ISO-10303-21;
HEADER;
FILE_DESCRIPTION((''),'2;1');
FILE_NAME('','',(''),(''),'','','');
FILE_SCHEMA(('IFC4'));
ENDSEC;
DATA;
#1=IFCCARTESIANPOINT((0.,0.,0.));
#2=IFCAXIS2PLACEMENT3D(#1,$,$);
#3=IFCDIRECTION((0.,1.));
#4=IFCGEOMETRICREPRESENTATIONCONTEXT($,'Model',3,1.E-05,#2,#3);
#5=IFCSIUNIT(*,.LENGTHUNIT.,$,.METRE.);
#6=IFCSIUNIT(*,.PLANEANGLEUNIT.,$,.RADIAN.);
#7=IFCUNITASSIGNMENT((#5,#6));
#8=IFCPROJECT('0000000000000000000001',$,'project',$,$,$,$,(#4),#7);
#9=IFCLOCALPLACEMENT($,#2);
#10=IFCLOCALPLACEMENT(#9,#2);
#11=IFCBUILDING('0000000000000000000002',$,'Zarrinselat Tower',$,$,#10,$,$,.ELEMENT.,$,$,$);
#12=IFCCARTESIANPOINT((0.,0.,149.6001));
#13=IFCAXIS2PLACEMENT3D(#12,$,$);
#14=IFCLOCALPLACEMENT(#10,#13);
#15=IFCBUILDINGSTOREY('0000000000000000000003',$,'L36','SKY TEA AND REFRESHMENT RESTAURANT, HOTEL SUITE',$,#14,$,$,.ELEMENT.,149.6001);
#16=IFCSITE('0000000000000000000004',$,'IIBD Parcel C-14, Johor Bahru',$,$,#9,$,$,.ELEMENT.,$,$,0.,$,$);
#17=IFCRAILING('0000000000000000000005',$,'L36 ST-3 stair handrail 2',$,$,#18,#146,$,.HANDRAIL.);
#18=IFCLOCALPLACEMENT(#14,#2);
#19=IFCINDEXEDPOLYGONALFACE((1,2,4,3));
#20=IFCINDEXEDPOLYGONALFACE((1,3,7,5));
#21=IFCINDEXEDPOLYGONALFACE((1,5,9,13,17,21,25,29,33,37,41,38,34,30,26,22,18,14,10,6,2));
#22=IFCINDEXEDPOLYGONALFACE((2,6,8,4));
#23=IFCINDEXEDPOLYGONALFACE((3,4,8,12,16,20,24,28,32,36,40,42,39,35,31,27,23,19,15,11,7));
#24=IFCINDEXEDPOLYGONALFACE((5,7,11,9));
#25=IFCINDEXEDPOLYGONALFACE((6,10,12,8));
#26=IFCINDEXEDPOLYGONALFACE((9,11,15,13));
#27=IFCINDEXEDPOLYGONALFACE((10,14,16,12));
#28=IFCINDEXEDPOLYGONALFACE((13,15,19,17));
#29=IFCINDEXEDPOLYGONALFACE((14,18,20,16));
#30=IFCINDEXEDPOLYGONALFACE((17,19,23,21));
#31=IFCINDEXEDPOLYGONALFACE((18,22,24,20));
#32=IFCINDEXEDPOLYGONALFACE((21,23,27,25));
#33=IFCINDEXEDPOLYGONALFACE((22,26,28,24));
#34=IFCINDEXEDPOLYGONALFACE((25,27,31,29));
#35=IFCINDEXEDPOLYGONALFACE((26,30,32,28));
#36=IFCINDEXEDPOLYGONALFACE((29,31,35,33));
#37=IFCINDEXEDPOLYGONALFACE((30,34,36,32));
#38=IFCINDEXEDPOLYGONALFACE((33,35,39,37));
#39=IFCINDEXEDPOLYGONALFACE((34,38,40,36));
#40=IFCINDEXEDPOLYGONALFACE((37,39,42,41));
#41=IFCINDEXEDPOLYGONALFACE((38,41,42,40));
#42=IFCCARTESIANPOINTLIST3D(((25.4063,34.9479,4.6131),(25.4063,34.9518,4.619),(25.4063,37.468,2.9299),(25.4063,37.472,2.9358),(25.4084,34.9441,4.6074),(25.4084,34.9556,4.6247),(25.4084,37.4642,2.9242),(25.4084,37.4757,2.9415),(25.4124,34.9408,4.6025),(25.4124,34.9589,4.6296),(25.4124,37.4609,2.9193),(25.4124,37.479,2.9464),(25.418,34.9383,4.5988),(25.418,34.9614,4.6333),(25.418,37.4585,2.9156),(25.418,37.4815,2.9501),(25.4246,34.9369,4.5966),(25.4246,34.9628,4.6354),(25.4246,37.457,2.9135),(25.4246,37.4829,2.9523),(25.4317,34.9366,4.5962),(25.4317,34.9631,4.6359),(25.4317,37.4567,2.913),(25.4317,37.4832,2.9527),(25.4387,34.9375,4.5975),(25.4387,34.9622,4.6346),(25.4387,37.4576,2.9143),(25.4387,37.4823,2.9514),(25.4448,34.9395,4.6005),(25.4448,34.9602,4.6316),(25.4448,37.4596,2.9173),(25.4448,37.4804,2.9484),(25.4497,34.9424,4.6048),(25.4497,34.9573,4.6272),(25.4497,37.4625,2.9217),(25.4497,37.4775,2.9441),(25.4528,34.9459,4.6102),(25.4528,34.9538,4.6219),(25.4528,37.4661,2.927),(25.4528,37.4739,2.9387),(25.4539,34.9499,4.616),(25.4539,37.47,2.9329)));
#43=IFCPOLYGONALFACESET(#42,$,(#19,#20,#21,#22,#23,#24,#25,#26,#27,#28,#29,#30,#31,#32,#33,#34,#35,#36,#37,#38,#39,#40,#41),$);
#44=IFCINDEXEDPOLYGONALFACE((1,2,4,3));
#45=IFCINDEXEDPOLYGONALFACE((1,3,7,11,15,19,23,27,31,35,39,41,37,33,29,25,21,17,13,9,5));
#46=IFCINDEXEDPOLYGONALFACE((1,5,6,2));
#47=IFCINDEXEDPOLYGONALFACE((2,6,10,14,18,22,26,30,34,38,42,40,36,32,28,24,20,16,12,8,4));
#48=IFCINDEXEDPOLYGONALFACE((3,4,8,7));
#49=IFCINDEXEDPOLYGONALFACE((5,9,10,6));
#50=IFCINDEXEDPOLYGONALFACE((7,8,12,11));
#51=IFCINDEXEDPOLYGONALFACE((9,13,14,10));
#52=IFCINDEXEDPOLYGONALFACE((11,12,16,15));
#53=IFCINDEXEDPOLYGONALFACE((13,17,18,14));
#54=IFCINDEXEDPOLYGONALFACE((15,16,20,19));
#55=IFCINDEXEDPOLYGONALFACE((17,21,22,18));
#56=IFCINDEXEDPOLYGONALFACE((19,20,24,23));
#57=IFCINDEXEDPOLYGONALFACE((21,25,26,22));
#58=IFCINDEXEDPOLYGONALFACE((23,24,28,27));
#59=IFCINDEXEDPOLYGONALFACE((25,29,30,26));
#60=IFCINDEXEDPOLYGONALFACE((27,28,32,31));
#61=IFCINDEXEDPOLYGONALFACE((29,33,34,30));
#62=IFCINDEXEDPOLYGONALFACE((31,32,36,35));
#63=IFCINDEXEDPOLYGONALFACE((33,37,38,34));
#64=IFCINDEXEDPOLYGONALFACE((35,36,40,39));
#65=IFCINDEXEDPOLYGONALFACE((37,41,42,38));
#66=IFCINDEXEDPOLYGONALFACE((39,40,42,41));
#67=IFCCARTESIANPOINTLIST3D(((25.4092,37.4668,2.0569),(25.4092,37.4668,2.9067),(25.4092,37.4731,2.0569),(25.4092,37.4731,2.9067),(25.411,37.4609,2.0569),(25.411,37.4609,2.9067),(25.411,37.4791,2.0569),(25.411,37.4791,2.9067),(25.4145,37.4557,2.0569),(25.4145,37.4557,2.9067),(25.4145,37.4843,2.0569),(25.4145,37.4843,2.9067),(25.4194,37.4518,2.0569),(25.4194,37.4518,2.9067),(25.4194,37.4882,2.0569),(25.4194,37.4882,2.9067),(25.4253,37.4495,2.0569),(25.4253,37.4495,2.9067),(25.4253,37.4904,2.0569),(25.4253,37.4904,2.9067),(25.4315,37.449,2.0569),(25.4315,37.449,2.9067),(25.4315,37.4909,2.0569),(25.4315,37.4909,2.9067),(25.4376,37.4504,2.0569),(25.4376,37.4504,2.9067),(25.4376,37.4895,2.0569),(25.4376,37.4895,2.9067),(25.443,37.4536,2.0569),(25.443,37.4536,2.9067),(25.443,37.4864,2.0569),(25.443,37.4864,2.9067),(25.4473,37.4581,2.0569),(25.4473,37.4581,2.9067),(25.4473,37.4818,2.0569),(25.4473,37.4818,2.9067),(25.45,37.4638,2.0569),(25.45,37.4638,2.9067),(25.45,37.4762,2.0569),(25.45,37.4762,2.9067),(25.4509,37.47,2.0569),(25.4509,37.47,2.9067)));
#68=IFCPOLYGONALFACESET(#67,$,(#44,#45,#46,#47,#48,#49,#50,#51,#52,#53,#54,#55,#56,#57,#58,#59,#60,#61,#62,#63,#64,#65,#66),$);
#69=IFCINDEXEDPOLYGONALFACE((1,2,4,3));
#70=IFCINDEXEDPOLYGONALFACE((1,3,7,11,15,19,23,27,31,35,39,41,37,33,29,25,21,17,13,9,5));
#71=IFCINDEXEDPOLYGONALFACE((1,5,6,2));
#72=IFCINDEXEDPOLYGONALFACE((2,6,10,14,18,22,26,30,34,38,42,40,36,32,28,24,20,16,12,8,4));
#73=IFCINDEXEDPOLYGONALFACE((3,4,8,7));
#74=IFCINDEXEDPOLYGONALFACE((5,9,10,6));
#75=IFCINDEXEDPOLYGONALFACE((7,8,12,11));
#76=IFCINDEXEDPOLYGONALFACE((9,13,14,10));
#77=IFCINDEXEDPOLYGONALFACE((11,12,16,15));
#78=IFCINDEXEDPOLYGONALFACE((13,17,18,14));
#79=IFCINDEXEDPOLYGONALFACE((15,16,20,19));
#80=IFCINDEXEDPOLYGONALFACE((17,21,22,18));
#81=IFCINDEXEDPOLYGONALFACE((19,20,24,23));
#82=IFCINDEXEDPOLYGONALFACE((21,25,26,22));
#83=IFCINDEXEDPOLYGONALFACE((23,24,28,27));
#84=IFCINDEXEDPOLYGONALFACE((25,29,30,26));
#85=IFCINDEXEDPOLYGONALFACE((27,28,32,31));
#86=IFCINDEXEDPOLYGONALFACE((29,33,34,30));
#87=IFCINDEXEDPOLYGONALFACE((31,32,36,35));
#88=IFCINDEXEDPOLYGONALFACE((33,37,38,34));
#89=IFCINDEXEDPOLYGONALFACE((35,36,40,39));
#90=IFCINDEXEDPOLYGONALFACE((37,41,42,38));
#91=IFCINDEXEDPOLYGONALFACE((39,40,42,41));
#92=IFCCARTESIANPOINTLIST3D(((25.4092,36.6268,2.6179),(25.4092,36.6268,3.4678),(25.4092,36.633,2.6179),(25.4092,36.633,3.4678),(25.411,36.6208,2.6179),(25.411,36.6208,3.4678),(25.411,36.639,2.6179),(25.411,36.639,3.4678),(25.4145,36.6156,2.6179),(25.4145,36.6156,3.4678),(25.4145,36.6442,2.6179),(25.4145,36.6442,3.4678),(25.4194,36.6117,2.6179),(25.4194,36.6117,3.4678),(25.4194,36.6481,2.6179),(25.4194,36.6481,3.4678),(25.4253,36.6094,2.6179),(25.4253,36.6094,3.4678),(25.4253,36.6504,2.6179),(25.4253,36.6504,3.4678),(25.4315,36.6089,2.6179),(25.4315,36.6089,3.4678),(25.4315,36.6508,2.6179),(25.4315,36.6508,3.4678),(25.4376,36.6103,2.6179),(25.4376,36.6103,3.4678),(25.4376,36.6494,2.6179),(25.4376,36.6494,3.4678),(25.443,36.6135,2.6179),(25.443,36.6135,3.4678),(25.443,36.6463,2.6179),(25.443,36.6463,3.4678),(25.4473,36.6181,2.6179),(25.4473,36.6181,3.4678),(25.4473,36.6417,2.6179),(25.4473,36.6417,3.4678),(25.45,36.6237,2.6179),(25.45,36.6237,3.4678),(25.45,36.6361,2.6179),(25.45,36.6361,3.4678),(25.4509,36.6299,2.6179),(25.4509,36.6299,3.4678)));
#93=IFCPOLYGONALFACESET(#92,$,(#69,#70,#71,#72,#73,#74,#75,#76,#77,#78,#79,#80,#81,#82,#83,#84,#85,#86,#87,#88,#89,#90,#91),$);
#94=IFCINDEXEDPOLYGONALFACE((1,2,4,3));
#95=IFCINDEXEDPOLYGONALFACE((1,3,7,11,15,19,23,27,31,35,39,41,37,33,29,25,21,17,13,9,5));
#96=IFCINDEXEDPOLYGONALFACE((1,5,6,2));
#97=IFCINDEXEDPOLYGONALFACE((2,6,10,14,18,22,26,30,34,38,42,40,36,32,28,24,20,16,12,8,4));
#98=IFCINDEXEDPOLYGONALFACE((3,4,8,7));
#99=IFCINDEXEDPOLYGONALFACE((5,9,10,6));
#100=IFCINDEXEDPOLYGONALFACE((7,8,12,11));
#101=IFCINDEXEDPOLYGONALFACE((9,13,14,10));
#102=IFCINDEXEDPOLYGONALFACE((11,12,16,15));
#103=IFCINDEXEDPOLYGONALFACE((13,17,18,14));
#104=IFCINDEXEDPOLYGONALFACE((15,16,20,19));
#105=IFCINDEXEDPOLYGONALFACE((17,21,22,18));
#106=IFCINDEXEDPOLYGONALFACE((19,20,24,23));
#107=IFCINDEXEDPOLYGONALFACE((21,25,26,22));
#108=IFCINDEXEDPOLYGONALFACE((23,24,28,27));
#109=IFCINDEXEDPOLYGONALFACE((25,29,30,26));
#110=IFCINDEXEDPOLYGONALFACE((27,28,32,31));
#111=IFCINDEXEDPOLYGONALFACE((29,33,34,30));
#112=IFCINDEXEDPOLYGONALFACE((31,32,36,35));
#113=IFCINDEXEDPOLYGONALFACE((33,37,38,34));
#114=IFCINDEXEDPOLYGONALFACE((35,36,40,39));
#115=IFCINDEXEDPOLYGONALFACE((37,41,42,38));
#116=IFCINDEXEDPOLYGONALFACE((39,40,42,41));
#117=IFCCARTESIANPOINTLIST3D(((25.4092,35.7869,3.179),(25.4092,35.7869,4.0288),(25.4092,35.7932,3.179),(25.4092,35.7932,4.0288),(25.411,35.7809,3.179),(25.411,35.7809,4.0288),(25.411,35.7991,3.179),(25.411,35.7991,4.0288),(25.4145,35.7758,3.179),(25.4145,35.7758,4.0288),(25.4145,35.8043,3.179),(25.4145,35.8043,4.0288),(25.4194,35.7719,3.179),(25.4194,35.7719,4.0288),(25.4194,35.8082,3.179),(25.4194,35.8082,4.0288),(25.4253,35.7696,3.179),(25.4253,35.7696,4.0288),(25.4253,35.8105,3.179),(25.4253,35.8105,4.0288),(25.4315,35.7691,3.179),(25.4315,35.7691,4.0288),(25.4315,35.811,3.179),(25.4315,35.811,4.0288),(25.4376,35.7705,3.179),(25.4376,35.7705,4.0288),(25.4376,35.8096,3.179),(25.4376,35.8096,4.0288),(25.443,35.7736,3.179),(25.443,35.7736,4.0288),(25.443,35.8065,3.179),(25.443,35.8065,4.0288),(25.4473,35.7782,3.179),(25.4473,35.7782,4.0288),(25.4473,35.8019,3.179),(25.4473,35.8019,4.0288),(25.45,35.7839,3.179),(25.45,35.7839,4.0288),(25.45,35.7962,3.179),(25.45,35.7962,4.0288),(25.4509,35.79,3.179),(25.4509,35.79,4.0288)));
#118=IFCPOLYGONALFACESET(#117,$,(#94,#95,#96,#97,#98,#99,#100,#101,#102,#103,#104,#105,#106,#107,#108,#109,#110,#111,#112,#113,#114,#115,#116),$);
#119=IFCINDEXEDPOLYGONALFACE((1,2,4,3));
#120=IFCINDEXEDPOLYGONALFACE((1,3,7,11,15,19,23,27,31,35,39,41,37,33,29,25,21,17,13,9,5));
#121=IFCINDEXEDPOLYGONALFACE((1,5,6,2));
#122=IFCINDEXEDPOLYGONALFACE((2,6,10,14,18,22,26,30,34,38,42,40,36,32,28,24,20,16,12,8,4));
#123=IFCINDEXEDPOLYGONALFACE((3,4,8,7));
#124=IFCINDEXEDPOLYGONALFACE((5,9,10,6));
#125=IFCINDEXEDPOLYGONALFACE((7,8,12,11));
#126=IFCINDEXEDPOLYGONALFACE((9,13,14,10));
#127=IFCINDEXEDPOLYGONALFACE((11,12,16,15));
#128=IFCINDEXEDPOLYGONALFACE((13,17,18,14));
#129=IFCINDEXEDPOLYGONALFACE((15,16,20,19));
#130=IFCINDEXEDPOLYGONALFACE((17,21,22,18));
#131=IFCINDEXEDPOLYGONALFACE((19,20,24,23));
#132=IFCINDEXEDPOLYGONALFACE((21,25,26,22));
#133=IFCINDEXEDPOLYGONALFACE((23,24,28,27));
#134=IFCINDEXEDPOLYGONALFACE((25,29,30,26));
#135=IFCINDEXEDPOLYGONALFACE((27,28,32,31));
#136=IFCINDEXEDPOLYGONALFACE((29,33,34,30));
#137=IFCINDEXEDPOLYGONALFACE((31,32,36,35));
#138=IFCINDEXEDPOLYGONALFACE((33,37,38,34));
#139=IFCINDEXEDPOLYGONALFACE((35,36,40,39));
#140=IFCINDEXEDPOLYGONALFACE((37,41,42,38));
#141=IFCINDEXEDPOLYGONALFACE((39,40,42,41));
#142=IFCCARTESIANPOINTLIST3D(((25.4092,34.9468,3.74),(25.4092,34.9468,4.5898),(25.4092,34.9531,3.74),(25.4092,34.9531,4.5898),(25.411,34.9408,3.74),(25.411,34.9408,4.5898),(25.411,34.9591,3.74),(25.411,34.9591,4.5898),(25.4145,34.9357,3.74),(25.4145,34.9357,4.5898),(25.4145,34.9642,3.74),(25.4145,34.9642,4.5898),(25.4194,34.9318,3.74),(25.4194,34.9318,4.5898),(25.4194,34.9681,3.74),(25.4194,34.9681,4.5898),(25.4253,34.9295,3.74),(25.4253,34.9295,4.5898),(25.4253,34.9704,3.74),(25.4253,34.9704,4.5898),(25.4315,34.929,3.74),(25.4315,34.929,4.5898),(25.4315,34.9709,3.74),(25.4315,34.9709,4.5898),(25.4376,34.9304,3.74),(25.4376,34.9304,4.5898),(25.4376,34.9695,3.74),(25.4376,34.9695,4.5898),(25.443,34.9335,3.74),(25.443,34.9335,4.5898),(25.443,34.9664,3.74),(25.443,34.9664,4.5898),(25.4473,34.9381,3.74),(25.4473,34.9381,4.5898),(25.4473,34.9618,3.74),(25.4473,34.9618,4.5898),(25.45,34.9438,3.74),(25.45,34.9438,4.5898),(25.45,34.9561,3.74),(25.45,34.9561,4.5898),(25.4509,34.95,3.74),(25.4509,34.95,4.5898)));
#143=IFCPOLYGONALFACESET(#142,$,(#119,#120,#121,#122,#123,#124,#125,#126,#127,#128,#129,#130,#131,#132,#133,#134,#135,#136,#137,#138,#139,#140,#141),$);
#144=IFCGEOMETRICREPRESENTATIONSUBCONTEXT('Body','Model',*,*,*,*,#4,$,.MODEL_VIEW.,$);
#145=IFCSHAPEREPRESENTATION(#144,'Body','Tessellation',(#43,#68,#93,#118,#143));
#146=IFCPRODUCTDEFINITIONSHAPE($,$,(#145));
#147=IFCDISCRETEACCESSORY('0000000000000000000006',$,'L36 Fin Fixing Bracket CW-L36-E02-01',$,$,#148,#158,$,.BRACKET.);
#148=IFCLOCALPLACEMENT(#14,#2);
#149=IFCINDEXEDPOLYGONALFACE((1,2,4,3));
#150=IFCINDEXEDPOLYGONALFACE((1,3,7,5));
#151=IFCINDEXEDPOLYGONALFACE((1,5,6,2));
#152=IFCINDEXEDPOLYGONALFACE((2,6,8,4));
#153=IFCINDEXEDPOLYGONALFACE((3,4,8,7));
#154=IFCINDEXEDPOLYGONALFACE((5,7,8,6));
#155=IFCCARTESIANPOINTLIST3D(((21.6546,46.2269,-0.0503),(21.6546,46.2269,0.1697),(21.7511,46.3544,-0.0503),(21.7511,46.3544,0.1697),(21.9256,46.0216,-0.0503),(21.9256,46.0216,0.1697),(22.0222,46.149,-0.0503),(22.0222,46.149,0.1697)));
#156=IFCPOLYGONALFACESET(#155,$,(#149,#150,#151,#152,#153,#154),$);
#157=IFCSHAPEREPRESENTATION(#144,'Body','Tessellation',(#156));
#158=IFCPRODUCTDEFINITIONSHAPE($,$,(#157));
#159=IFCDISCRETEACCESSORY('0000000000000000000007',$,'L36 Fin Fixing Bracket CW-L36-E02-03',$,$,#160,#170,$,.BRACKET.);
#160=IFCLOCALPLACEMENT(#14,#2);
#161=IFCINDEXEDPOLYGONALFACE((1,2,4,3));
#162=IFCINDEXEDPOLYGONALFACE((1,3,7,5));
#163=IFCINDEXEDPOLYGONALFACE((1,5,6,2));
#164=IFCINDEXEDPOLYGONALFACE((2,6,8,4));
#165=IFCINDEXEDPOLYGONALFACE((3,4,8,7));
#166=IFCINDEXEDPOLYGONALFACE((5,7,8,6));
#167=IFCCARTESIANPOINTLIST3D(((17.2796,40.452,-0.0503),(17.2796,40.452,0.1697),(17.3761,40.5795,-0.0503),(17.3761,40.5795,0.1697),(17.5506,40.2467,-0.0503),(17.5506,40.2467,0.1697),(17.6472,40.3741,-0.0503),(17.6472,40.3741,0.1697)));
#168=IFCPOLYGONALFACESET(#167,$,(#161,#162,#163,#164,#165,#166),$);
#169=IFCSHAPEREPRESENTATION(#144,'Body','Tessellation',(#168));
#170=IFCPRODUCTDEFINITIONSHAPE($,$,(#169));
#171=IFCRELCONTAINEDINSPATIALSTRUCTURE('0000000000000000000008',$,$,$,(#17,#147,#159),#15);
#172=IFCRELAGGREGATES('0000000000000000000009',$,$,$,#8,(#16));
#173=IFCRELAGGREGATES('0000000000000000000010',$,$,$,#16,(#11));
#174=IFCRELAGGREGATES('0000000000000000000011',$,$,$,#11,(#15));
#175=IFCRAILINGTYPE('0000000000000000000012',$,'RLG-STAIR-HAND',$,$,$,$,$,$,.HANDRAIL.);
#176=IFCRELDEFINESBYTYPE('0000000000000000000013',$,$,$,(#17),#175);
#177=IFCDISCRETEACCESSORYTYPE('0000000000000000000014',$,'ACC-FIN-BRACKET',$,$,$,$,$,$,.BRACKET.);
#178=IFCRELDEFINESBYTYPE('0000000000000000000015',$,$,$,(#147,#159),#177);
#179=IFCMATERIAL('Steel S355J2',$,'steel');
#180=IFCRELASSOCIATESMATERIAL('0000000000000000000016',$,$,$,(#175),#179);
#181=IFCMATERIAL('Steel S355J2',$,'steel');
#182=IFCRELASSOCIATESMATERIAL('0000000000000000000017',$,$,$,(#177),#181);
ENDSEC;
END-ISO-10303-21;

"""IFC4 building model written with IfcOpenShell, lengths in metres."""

from ifc_helpers import new_model, si_unit, direction, frame, origin, origin_2d, place, context, subcontext, project, spatial, rectangle, circle, extrude, material, type_object, element, save


model = new_model("IFC4")

# Units and contexts
model_context = context("Model", 3, precision=1e-05, world=origin(), true_north=direction((0.0, 1.0)))
body_context = subcontext(model_context, "Body", "Model", "MODEL_VIEW")
ifc_project = project(units=[si_unit("LENGTHUNIT", "METRE"), si_unit("PLANEANGLEUNIT", "RADIAN")], contexts=[model_context])

# Site, building, storey
site_placement = place(None, origin())
site = spatial("IfcSite", under=ifc_project, at=site_placement, Name="IIBD Parcel C-14, Johor Bahru", CompositionType="ELEMENT", RefElevation=0.0)
building_placement = place(site_placement, origin())
building = spatial("IfcBuilding", under=site, at=building_placement, Name="Zarrinselat Tower", CompositionType="ELEMENT")
storey_placement = place(building_placement, frame((0.0, 0.0, 149.6001)))
storey = spatial("IfcBuildingStorey", under=building, at=storey_placement, Name="L36", Description="SKY TEA AND REFRESHMENT RESTAURANT, HOTEL SUITE", CompositionType="ELEMENT", Elevation=149.6001)

# Railing
ifc_material_1 = material(Name="Steel S355J2", Category="steel")
railing_type_1 = type_object("IfcRailingType", Name="RLG-STAIR-HAND", PredefinedType="HANDRAIL", material=ifc_material_1)
railing_1_placement = place(storey_placement, frame((25.4299, 37.47, 2.0569)))
element("IfcRailing", 1, at=railing_1_placement, inside=storey, type_object=railing_type_1, Name="L36 ST-3 stair handrail 2", PredefinedType="HANDRAIL", context=body_context, shape_type="SweptSolid", body=[
    extrude(circle(Radius=0.0239, at=origin_2d()), frame((0.0, 0.0, 0.876), z_axis=(0.0, -0.831579, 0.555406), x_axis=(1.0, 0.0, 0.0)), (0.0, 0.0, 1.0), 3.0305),
    extrude(circle(Radius=0.021, at=origin_2d()), origin(), (0.0, 0.0, 1.0), 0.8499),
    extrude(circle(Radius=0.021, at=origin_2d()), frame((0.0, -0.8401, 0.561)), (0.0, 0.0, 1.0), 0.8499),
    extrude(circle(Radius=0.021, at=origin_2d()), frame((0.0, -1.6799, 1.1221)), (0.0, 0.0, 1.0), 0.8499),
    extrude(circle(Radius=0.021, at=origin_2d()), frame((0.0, -2.52, 1.6831)), (0.0, 0.0, 1.0), 0.8499),
])

# Discrete accessories
ifc_material_2 = material(Name="Steel S355J2", Category="steel")
discrete_accessory_type = type_object("IfcDiscreteAccessoryType", Name="ACC-FIN-BRACKET", PredefinedType="BRACKET", material=ifc_material_2)
for number, where, z_axis, x_axis, name in (
    (2, (21.8384, 46.188, -0.0503), (0.0, 0.0, 1.0), (-0.797092, 0.603858, 0.0), "L36 Fin Fixing Bracket CW-L36-E02-01"),
    (3, (17.4634, 40.4131, -0.0503), (0.0, 0.0, 1.0), (-0.797092, 0.603858, 0.0), "L36 Fin Fixing Bracket CW-L36-E02-03"),
):
    element("IfcDiscreteAccessory", number, at=place(storey_placement, frame(where, z_axis=z_axis, x_axis=x_axis)), inside=storey, type_object=discrete_accessory_type, Name=name, PredefinedType="BRACKET", context=body_context, shape_type="SweptSolid", body=[
        extrude(rectangle(XDim=0.3401, YDim=0.1599, at=origin_2d()), origin(), (0.0, 0.0, 1.0), 0.22),
    ])

save(model, "model.ifc")
